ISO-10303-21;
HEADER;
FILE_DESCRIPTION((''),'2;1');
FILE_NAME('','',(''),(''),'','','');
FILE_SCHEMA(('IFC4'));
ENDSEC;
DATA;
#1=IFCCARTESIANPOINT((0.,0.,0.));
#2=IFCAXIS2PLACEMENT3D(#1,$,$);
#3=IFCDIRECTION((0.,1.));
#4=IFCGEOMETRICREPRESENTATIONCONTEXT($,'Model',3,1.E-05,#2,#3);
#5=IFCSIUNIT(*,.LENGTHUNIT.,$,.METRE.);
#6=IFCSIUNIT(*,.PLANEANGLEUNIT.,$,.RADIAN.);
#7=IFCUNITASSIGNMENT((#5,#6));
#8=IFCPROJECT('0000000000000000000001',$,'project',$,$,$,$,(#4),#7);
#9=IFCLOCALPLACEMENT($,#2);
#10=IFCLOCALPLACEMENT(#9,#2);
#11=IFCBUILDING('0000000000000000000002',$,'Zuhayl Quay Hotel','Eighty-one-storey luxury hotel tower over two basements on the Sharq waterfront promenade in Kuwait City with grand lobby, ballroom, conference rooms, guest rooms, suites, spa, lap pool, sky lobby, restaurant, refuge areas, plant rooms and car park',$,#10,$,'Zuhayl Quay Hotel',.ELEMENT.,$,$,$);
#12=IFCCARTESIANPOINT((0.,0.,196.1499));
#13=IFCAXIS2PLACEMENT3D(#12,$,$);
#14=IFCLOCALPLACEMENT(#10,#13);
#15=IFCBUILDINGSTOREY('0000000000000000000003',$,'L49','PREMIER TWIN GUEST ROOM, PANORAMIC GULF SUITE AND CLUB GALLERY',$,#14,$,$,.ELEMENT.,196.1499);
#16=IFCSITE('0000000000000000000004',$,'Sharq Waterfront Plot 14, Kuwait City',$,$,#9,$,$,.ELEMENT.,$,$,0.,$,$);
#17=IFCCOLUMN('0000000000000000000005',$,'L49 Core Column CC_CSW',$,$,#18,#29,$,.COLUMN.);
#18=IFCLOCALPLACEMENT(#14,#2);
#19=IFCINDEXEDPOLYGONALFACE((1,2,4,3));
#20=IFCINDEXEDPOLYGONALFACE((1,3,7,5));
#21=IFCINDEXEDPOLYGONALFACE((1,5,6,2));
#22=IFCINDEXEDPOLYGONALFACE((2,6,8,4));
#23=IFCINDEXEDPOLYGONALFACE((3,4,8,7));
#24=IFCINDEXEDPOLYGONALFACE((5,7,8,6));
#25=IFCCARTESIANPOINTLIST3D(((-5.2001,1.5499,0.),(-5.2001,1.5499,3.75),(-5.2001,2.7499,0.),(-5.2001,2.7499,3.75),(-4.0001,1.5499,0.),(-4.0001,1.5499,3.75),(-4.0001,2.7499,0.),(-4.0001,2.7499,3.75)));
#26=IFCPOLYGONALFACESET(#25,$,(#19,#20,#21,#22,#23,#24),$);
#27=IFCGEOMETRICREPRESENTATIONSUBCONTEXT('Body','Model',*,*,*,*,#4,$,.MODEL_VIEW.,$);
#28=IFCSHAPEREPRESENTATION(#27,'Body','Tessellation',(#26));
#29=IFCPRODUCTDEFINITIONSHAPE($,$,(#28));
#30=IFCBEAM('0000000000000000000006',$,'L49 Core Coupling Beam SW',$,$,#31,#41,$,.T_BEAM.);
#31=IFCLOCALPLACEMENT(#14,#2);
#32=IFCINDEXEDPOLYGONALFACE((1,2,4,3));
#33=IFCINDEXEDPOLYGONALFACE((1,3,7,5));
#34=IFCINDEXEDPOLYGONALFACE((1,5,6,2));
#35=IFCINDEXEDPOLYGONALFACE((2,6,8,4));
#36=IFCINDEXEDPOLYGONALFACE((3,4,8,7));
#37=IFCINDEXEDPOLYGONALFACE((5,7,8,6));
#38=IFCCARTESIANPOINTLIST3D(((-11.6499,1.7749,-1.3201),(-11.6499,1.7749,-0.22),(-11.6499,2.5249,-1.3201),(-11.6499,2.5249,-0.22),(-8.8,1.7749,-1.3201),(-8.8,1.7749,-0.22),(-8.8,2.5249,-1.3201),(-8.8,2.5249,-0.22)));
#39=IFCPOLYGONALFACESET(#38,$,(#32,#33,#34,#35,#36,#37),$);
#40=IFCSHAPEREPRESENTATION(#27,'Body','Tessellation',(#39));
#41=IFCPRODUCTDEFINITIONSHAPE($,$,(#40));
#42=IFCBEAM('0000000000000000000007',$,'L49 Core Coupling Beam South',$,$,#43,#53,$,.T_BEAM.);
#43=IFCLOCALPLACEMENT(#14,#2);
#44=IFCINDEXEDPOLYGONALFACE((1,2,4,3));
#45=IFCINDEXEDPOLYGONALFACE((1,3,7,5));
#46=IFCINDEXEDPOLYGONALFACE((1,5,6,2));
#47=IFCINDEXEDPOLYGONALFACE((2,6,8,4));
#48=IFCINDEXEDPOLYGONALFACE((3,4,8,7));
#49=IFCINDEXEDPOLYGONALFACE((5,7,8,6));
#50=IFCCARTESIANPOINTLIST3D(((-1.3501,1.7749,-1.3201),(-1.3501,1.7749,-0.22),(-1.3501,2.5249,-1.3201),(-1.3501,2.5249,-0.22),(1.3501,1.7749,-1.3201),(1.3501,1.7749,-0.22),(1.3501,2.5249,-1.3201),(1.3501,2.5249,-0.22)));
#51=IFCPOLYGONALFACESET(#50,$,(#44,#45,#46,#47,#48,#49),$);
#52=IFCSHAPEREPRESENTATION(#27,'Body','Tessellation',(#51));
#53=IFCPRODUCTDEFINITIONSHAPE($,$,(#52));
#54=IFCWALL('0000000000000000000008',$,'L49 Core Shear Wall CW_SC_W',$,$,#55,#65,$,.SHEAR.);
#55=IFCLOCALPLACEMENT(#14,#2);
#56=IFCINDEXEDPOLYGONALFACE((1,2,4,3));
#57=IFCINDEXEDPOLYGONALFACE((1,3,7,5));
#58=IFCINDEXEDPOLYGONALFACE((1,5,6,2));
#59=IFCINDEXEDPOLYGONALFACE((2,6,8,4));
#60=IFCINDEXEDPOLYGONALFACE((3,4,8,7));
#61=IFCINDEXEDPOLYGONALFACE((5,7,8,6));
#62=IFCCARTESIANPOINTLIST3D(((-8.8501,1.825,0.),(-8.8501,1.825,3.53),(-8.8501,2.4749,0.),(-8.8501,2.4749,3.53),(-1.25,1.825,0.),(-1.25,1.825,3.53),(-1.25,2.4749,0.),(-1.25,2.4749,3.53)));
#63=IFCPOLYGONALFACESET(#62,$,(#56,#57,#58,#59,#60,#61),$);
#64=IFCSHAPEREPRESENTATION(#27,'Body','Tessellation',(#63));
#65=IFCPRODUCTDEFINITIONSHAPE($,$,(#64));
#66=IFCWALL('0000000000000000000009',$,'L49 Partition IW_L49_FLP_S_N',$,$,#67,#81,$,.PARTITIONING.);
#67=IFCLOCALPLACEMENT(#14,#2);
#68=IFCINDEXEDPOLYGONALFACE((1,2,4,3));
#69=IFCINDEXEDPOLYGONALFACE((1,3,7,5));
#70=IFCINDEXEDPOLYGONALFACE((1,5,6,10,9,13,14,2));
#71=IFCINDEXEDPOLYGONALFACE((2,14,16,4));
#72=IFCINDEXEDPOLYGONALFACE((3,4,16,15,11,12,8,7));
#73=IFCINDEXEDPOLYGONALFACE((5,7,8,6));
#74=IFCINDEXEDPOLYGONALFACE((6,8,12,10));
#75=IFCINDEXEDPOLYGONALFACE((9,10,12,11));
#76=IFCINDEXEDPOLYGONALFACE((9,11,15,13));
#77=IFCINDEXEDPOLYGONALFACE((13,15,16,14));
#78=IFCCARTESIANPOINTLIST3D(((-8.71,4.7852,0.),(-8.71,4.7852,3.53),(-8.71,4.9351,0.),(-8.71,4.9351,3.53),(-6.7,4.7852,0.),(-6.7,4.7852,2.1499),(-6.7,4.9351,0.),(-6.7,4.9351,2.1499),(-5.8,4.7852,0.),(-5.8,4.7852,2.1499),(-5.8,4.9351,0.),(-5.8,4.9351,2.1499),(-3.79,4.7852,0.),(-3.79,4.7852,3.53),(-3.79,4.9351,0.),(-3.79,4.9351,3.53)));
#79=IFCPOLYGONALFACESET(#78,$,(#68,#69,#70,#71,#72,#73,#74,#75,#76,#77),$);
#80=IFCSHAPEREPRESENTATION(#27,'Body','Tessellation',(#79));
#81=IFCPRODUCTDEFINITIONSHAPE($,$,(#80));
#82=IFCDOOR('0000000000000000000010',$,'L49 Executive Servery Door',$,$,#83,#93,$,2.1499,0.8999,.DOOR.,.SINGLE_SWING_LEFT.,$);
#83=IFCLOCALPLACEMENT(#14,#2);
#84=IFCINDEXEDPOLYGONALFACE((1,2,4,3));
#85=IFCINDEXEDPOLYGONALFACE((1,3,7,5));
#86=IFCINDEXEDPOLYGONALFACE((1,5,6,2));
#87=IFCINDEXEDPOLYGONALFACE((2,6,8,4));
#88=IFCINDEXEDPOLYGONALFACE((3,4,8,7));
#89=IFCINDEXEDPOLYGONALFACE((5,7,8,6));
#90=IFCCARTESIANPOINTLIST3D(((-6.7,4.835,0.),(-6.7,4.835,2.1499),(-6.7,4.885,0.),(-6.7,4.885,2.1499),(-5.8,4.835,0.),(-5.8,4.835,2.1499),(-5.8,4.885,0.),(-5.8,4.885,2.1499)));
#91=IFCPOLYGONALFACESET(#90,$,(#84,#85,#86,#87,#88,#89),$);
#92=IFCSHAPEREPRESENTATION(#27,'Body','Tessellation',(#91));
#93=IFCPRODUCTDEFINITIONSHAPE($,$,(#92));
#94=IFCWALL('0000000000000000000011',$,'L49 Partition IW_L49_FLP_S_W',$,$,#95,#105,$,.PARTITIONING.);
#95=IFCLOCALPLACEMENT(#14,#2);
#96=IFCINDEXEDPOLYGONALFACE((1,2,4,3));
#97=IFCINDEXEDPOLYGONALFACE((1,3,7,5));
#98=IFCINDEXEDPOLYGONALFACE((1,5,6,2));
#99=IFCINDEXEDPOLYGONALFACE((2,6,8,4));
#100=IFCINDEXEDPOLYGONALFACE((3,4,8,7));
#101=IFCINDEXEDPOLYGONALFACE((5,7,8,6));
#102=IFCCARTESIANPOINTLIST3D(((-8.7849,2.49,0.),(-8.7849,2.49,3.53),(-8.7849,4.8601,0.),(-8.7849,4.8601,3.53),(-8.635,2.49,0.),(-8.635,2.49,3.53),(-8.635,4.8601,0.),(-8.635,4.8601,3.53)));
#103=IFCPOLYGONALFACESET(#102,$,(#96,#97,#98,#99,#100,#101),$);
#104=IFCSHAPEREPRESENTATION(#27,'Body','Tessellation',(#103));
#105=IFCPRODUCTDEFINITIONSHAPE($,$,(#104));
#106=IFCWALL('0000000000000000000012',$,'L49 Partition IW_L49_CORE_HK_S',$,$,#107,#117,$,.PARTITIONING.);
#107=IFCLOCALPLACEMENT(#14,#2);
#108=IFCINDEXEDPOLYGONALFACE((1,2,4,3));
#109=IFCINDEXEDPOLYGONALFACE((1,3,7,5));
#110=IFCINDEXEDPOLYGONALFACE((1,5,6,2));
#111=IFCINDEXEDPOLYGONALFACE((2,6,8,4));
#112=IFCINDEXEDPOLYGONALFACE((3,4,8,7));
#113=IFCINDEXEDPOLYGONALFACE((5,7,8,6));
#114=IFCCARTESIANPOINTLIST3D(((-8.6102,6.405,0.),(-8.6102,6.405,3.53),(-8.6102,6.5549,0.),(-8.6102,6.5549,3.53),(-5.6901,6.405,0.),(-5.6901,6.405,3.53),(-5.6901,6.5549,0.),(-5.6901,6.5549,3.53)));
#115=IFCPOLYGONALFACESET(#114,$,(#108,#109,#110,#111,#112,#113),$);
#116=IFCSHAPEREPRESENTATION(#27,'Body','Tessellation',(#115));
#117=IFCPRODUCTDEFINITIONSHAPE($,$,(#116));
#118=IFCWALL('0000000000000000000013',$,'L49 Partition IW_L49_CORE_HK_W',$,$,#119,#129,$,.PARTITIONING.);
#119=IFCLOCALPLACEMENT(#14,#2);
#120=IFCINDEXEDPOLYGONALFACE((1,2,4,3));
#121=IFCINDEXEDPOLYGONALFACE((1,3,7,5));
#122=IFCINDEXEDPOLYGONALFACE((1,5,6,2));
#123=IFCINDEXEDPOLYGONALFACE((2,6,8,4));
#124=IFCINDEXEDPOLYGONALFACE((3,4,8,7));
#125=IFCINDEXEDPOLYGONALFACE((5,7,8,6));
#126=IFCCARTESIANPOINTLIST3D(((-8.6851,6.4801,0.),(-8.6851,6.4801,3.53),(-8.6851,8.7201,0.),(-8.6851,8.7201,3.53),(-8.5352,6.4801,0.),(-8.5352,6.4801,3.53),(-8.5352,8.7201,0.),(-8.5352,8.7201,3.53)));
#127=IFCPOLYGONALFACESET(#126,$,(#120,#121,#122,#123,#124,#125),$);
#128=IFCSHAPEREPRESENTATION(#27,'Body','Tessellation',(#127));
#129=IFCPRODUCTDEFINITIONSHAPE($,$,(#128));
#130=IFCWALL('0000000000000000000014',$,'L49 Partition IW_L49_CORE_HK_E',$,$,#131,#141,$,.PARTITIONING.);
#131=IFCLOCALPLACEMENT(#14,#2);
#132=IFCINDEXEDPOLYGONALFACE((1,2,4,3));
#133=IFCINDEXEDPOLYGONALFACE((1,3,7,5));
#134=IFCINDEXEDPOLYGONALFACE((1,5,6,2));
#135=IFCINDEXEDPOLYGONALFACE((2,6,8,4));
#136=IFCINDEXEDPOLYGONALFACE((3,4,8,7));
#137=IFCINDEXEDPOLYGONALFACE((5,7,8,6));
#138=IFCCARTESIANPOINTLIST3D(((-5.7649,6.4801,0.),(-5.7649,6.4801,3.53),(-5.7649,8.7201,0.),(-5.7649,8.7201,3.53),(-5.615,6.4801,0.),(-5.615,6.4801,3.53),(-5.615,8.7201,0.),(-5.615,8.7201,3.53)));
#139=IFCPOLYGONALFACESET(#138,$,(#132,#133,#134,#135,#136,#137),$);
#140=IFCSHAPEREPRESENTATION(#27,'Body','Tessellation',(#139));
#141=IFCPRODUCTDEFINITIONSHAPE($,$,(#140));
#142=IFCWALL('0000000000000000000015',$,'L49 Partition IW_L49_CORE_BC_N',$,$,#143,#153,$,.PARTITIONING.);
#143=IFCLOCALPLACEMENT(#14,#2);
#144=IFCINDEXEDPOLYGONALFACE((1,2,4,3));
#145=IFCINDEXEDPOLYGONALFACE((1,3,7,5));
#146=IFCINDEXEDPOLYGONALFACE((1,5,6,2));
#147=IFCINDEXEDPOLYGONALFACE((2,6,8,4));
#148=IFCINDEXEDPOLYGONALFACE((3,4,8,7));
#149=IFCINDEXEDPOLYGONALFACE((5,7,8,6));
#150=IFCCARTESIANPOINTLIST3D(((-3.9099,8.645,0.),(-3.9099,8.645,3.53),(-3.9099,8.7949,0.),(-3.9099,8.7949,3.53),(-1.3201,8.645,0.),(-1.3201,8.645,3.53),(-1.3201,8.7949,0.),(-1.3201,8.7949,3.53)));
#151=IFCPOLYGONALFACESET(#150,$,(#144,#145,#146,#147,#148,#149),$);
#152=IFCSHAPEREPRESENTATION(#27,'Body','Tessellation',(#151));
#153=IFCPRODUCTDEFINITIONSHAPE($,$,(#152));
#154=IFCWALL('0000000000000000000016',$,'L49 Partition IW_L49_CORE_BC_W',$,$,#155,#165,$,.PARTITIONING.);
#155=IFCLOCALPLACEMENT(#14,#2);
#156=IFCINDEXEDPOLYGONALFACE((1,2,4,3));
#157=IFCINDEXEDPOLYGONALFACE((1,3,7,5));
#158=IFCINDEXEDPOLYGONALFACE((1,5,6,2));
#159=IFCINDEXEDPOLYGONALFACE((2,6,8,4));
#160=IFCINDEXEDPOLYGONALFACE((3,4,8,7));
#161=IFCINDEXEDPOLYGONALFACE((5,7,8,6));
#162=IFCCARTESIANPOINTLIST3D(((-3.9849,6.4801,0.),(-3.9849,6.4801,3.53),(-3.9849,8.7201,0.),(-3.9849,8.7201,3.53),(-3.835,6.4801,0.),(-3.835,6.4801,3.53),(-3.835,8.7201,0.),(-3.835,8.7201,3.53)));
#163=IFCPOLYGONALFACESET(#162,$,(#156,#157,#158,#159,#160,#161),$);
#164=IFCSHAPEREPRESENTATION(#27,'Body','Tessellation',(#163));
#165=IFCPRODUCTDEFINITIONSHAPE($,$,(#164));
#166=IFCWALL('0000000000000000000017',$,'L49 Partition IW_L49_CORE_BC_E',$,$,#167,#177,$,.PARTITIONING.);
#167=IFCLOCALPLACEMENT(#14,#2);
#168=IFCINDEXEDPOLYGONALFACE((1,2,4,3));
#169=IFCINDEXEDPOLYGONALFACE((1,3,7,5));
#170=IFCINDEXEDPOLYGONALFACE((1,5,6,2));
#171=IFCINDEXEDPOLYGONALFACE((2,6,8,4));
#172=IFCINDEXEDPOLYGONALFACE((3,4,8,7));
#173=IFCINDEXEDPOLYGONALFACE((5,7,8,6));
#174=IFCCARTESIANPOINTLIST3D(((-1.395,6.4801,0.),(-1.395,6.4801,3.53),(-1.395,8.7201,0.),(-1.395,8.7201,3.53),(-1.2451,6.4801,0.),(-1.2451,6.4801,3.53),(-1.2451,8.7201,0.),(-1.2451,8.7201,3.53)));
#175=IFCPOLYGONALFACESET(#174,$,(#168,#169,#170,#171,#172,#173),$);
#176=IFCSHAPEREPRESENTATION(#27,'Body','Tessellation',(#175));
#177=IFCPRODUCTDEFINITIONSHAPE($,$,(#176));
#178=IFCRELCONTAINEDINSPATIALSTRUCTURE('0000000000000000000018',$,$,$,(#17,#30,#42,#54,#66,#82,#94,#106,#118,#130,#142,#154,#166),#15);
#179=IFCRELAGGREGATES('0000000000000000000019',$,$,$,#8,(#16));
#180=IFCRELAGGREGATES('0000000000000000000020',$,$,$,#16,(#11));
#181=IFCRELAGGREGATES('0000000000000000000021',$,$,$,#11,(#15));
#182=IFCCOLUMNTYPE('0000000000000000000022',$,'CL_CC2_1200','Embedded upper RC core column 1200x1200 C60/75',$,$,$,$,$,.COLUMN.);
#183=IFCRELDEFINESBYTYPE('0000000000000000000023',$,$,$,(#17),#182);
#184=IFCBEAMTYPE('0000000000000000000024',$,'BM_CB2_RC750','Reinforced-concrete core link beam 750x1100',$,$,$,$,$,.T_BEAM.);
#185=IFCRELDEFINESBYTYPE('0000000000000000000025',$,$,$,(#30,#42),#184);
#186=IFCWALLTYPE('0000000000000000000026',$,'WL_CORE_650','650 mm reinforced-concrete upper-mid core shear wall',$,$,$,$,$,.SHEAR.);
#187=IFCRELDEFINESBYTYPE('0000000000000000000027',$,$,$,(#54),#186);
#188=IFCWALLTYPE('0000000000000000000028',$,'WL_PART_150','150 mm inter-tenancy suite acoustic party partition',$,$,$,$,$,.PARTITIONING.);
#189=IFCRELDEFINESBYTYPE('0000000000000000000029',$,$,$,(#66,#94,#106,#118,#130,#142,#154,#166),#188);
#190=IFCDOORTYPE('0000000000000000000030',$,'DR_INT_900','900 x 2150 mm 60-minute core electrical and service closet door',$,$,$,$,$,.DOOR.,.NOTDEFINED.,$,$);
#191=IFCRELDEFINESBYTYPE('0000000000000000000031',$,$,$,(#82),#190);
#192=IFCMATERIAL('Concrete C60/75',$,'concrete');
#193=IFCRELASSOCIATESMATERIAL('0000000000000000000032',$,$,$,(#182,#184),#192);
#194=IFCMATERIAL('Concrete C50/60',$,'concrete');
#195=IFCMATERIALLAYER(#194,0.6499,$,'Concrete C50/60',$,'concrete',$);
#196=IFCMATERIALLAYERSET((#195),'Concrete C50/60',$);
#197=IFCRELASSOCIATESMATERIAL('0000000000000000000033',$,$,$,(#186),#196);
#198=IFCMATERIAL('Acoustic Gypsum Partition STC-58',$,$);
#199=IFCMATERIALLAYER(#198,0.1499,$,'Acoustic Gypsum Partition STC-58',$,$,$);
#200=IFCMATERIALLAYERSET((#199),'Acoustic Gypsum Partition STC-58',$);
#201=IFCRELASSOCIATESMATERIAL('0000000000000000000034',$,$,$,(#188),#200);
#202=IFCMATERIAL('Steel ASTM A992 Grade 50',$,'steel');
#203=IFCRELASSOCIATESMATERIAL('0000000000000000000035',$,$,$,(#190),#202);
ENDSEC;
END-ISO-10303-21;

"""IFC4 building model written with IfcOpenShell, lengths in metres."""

from ifc_helpers import new_model, si_unit, direction, frame, frame_2d, origin, origin_2d, place, context, subcontext, project, spatial, rectangle, extrude, material, layer, layer_set, material_profile, profile_set, type_object, element, fill, save


model = new_model("IFC4")

# Units and contexts
model_context = context("Model", 3, precision=1e-05, world=origin(), true_north=direction((0.0, 1.0)))
body_context = subcontext(model_context, "Body", "Model", "MODEL_VIEW")
ifc_project = project(units=[si_unit("LENGTHUNIT", "METRE"), si_unit("PLANEANGLEUNIT", "RADIAN")], contexts=[model_context])

# Site, building, storey
site_placement = place(None, origin())
site = spatial("IfcSite", under=ifc_project, at=site_placement, Name="Sharq Waterfront Plot 14, Kuwait City", CompositionType="ELEMENT", RefElevation=0.0)
building_placement = place(site_placement, origin())
building = spatial("IfcBuilding", under=site, at=building_placement, Name="Zuhayl Quay Hotel", Description="Eighty-one-storey luxury hotel tower over two basements on the Sharq waterfront promenade in Kuwait City with grand lobby, ballroom, conference rooms, guest rooms, suites, spa, lap pool, sky lobby, restaurant, refuge areas, plant rooms and car park", LongName="Zuhayl Quay Hotel", CompositionType="ELEMENT")
storey_placement = place(building_placement, frame((0.0, 0.0, 196.1499)))
storey = spatial("IfcBuildingStorey", under=building, at=storey_placement, Name="L49", Description="PREMIER TWIN GUEST ROOM, PANORAMIC GULF SUITE AND CLUB GALLERY", CompositionType="ELEMENT", Elevation=196.1499)

# Column
ifc_material_1 = material(Name="Concrete C60/75", Category="concrete")
ifc_material_profile_1 = material_profile(ifc_material_1, rectangle(XDim=1.2, YDim=1.2, at=origin_2d()), Name="RC1200X1200")
ifc_profile_set_1 = profile_set([ifc_material_profile_1], Name="Concrete C60/75")
column_type = type_object("IfcColumnType", Name="CL_CC2_1200", Description="Embedded upper RC core column 1200x1200 C60/75", PredefinedType="COLUMN", material=ifc_profile_set_1)
column_placement = place(storey_placement, frame((-4.6001, 2.1499, 0.0), z_axis=(0.0, 0.0, 1.0), x_axis=(1.0, 0.0, 0.0)))
element("IfcColumn", 1, at=column_placement, inside=storey, type_object=column_type, Name="L49 Core Column CC_CSW", PredefinedType="COLUMN", context=body_context, shape_type="SweptSolid", body=[
    extrude(rectangle(XDim=1.2, YDim=1.2, at=origin_2d()), origin(), (0.0, 0.0, 1.0), 3.75),
])

# Beams
ifc_material_profile_2 = material_profile(ifc_material_1, rectangle(XDim=0.75, YDim=1.1001, at=origin_2d()), Name="RC750X1100")
ifc_profile_set_2 = profile_set([ifc_material_profile_2], Name="Concrete C60/75")
beam_type = type_object("IfcBeamType", Name="BM_CB2_RC750", Description="Reinforced-concrete core link beam 750x1100", PredefinedType="T_BEAM", material=ifc_profile_set_2)
beam_1_placement = place(storey_placement, frame((-11.6499, 2.1499, -0.77), z_axis=(1.0, 0.0, 0.0), x_axis=(0.0, 1.0, 0.0)))
element("IfcBeam", 2, at=beam_1_placement, inside=storey, type_object=beam_type, Name="L49 Core Coupling Beam SW", PredefinedType="T_BEAM", context=body_context, shape_type="SweptSolid", body=[
    extrude(rectangle(XDim=0.75, YDim=1.1001, at=origin_2d()), origin(), (0.0, 0.0, 1.0), 2.8499),
])
beam_2_placement = place(storey_placement, frame((-1.3501, 2.1499, -0.77), z_axis=(1.0, 0.0, 0.0), x_axis=(0.0, 1.0, 0.0)))
element("IfcBeam", 3, at=beam_2_placement, inside=storey, type_object=beam_type, Name="L49 Core Coupling Beam South", PredefinedType="T_BEAM", context=body_context, shape_type="SweptSolid", body=[
    extrude(rectangle(XDim=0.75, YDim=1.1001, at=origin_2d()), origin(), (0.0, 0.0, 1.0), 2.7002),
])

# Wall
ifc_material_2 = material(Name="Concrete C50/60", Category="concrete")
ifc_layer_1 = layer(ifc_material_2, 0.6499, Name="Concrete C50/60", Category="concrete")
ifc_layer_set_1 = layer_set([ifc_layer_1], Name="Concrete C50/60")
wall_type_1 = type_object("IfcWallType", Name="WL_CORE_650", Description="650 mm reinforced-concrete upper-mid core shear wall", PredefinedType="SHEAR", material=ifc_layer_set_1)
wall_1_placement = place(storey_placement, frame((-8.8501, 2.1499, 0.0), z_axis=(0.0, 0.0, 1.0), x_axis=(1.0, 0.0, 0.0)))
element("IfcWall", 4, at=wall_1_placement, inside=storey, type_object=wall_type_1, Name="L49 Core Shear Wall CW_SC_W", PredefinedType="SHEAR", context=body_context, shape_type="SweptSolid", body=[
    extrude(rectangle(XDim=7.6001, YDim=0.6499, at=frame_2d((3.8, 0.0))), origin(), (0.0, 0.0, 1.0), 3.53),
])

# Wall, opening, door
ifc_material_3 = material(Name="Acoustic Gypsum Partition STC-58")
ifc_layer_2 = layer(ifc_material_3, 0.1499, Name="Acoustic Gypsum Partition STC-58")
ifc_layer_set_2 = layer_set([ifc_layer_2], Name="Acoustic Gypsum Partition STC-58")
wall_type_2 = type_object("IfcWallType", Name="WL_PART_150", Description="150 mm inter-tenancy suite acoustic party partition", PredefinedType="PARTITIONING", material=ifc_layer_set_2)
wall_2_placement = place(storey_placement, frame((-8.71, 4.8601, 0.0), z_axis=(0.0, 0.0, 1.0), x_axis=(1.0, 0.0, 0.0)))
wall_2 = element("IfcWall", 5, at=wall_2_placement, inside=storey, type_object=wall_type_2, Name="L49 Partition IW_L49_FLP_S_N", PredefinedType="PARTITIONING", context=body_context, shape_type="SweptSolid", body=[
    extrude(rectangle(XDim=4.9199, YDim=0.1499, at=frame_2d((2.46, 0.0))), origin(), (0.0, 0.0, 1.0), 3.53),
])
opening_1_placement = place(wall_2_placement, frame((2.01, 0.0, 0.0)))
opening_1 = element("IfcOpeningElement", 6, at=opening_1_placement, cuts=wall_2, PredefinedType="OPENING", context=body_context, shape_type="SweptSolid", body=[
    extrude(rectangle(XDim=0.8999, YDim=2.1499, at=frame_2d((0.45, 1.075))), frame((0.0, 0.085, 0.0), z_axis=(0.0, -1.0, 0.0), x_axis=(1.0, 0.0, 0.0)), (0.0, 0.0, 1.0), 0.1699),
])
ifc_material_4 = material(Name="Steel ASTM A992 Grade 50", Category="steel")
door_type_1 = type_object("IfcDoorType", Name="DR_INT_900", Description="900 x 2150 mm 60-minute core electrical and service closet door", OperationType="NOTDEFINED", PredefinedType="DOOR", material=ifc_material_4)
door_1_placement = place(opening_1_placement, origin())
door_1 = element("IfcDoor", 7, at=door_1_placement, inside=storey, type_object=door_type_1, Name="L49 Executive Servery Door", OperationType="SINGLE_SWING_LEFT", OverallHeight=2.1499, OverallWidth=0.8999, PredefinedType="DOOR", context=body_context, shape_type="SweptSolid", body=[
    extrude(rectangle(XDim=0.8999, YDim=2.1499, at=frame_2d((0.45, 1.075))), frame((0.0, 0.0249, 0.0), z_axis=(0.0, -1.0, 0.0), x_axis=(1.0, 0.0, 0.0)), (0.0, 0.0, 1.0), 0.05),
])
fill(opening_1, door_1)

# Walls
wall_3_placement = place(storey_placement, frame((-8.71, 2.49, 0.0), z_axis=(0.0, 0.0, 1.0), x_axis=(0.0, 1.0, 0.0)))
element("IfcWall", 8, at=wall_3_placement, inside=storey, type_object=wall_type_2, Name="L49 Partition IW_L49_FLP_S_W", PredefinedType="PARTITIONING", context=body_context, shape_type="SweptSolid", body=[
    extrude(rectangle(XDim=2.3701, YDim=0.1499, at=frame_2d((1.1851, 0.0))), origin(), (0.0, 0.0, 1.0), 3.53),
])
wall_4_placement = place(storey_placement, frame((-8.6101, 6.48, 0.0), z_axis=(0.0, 0.0, 1.0), x_axis=(1.0, 0.0, 0.0)))
element("IfcWall", 9, at=wall_4_placement, inside=storey, type_object=wall_type_2, Name="L49 Partition IW_L49_CORE_HK_S", PredefinedType="PARTITIONING", context=body_context, shape_type="SweptSolid", body=[
    extrude(rectangle(XDim=2.9202, YDim=0.1499, at=frame_2d((1.46, 0.0))), origin(), (0.0, 0.0, 1.0), 3.53),
])
for number, where, z_axis, x_axis, name in (
    (10, (-8.6101, 6.48, 0.0), (0.0, 0.0, 1.0), (0.0, 1.0, 0.0), "L49 Partition IW_L49_CORE_HK_W"),
    (11, (-5.6899, 6.48, 0.0), (0.0, 0.0, 1.0), (0.0, 1.0, 0.0), "L49 Partition IW_L49_CORE_HK_E"),
):
    element("IfcWall", number, at=place(storey_placement, frame(where, z_axis=z_axis, x_axis=x_axis)), inside=storey, type_object=wall_type_2, Name=name, PredefinedType="PARTITIONING", context=body_context, shape_type="SweptSolid", body=[
        extrude(rectangle(XDim=2.24, YDim=0.1499, at=frame_2d((1.1201, 0.0))), origin(), (0.0, 0.0, 1.0), 3.53),
    ])
wall_5_placement = place(storey_placement, frame((-3.9099, 8.72, 0.0), z_axis=(0.0, 0.0, 1.0), x_axis=(1.0, 0.0, 0.0)))
element("IfcWall", 12, at=wall_5_placement, inside=storey, type_object=wall_type_2, Name="L49 Partition IW_L49_CORE_BC_N", PredefinedType="PARTITIONING", context=body_context, shape_type="SweptSolid", body=[
    extrude(rectangle(XDim=2.5898, YDim=0.1499, at=frame_2d((1.2949, 0.0))), origin(), (0.0, 0.0, 1.0), 3.53),
])
for number, where, z_axis, x_axis, name in (
    (13, (-3.9099, 6.48, 0.0), (0.0, 0.0, 1.0), (0.0, 1.0, 0.0), "L49 Partition IW_L49_CORE_BC_W"),
    (14, (-1.3201, 6.48, 0.0), (0.0, 0.0, 1.0), (0.0, 1.0, 0.0), "L49 Partition IW_L49_CORE_BC_E"),
):
    element("IfcWall", number, at=place(storey_placement, frame(where, z_axis=z_axis, x_axis=x_axis)), inside=storey, type_object=wall_type_2, Name=name, PredefinedType="PARTITIONING", context=body_context, shape_type="SweptSolid", body=[
        extrude(rectangle(XDim=2.24, YDim=0.1499, at=frame_2d((1.1201, 0.0))), origin(), (0.0, 0.0, 1.0), 3.53),
    ])

save(model, "model.ifc")
